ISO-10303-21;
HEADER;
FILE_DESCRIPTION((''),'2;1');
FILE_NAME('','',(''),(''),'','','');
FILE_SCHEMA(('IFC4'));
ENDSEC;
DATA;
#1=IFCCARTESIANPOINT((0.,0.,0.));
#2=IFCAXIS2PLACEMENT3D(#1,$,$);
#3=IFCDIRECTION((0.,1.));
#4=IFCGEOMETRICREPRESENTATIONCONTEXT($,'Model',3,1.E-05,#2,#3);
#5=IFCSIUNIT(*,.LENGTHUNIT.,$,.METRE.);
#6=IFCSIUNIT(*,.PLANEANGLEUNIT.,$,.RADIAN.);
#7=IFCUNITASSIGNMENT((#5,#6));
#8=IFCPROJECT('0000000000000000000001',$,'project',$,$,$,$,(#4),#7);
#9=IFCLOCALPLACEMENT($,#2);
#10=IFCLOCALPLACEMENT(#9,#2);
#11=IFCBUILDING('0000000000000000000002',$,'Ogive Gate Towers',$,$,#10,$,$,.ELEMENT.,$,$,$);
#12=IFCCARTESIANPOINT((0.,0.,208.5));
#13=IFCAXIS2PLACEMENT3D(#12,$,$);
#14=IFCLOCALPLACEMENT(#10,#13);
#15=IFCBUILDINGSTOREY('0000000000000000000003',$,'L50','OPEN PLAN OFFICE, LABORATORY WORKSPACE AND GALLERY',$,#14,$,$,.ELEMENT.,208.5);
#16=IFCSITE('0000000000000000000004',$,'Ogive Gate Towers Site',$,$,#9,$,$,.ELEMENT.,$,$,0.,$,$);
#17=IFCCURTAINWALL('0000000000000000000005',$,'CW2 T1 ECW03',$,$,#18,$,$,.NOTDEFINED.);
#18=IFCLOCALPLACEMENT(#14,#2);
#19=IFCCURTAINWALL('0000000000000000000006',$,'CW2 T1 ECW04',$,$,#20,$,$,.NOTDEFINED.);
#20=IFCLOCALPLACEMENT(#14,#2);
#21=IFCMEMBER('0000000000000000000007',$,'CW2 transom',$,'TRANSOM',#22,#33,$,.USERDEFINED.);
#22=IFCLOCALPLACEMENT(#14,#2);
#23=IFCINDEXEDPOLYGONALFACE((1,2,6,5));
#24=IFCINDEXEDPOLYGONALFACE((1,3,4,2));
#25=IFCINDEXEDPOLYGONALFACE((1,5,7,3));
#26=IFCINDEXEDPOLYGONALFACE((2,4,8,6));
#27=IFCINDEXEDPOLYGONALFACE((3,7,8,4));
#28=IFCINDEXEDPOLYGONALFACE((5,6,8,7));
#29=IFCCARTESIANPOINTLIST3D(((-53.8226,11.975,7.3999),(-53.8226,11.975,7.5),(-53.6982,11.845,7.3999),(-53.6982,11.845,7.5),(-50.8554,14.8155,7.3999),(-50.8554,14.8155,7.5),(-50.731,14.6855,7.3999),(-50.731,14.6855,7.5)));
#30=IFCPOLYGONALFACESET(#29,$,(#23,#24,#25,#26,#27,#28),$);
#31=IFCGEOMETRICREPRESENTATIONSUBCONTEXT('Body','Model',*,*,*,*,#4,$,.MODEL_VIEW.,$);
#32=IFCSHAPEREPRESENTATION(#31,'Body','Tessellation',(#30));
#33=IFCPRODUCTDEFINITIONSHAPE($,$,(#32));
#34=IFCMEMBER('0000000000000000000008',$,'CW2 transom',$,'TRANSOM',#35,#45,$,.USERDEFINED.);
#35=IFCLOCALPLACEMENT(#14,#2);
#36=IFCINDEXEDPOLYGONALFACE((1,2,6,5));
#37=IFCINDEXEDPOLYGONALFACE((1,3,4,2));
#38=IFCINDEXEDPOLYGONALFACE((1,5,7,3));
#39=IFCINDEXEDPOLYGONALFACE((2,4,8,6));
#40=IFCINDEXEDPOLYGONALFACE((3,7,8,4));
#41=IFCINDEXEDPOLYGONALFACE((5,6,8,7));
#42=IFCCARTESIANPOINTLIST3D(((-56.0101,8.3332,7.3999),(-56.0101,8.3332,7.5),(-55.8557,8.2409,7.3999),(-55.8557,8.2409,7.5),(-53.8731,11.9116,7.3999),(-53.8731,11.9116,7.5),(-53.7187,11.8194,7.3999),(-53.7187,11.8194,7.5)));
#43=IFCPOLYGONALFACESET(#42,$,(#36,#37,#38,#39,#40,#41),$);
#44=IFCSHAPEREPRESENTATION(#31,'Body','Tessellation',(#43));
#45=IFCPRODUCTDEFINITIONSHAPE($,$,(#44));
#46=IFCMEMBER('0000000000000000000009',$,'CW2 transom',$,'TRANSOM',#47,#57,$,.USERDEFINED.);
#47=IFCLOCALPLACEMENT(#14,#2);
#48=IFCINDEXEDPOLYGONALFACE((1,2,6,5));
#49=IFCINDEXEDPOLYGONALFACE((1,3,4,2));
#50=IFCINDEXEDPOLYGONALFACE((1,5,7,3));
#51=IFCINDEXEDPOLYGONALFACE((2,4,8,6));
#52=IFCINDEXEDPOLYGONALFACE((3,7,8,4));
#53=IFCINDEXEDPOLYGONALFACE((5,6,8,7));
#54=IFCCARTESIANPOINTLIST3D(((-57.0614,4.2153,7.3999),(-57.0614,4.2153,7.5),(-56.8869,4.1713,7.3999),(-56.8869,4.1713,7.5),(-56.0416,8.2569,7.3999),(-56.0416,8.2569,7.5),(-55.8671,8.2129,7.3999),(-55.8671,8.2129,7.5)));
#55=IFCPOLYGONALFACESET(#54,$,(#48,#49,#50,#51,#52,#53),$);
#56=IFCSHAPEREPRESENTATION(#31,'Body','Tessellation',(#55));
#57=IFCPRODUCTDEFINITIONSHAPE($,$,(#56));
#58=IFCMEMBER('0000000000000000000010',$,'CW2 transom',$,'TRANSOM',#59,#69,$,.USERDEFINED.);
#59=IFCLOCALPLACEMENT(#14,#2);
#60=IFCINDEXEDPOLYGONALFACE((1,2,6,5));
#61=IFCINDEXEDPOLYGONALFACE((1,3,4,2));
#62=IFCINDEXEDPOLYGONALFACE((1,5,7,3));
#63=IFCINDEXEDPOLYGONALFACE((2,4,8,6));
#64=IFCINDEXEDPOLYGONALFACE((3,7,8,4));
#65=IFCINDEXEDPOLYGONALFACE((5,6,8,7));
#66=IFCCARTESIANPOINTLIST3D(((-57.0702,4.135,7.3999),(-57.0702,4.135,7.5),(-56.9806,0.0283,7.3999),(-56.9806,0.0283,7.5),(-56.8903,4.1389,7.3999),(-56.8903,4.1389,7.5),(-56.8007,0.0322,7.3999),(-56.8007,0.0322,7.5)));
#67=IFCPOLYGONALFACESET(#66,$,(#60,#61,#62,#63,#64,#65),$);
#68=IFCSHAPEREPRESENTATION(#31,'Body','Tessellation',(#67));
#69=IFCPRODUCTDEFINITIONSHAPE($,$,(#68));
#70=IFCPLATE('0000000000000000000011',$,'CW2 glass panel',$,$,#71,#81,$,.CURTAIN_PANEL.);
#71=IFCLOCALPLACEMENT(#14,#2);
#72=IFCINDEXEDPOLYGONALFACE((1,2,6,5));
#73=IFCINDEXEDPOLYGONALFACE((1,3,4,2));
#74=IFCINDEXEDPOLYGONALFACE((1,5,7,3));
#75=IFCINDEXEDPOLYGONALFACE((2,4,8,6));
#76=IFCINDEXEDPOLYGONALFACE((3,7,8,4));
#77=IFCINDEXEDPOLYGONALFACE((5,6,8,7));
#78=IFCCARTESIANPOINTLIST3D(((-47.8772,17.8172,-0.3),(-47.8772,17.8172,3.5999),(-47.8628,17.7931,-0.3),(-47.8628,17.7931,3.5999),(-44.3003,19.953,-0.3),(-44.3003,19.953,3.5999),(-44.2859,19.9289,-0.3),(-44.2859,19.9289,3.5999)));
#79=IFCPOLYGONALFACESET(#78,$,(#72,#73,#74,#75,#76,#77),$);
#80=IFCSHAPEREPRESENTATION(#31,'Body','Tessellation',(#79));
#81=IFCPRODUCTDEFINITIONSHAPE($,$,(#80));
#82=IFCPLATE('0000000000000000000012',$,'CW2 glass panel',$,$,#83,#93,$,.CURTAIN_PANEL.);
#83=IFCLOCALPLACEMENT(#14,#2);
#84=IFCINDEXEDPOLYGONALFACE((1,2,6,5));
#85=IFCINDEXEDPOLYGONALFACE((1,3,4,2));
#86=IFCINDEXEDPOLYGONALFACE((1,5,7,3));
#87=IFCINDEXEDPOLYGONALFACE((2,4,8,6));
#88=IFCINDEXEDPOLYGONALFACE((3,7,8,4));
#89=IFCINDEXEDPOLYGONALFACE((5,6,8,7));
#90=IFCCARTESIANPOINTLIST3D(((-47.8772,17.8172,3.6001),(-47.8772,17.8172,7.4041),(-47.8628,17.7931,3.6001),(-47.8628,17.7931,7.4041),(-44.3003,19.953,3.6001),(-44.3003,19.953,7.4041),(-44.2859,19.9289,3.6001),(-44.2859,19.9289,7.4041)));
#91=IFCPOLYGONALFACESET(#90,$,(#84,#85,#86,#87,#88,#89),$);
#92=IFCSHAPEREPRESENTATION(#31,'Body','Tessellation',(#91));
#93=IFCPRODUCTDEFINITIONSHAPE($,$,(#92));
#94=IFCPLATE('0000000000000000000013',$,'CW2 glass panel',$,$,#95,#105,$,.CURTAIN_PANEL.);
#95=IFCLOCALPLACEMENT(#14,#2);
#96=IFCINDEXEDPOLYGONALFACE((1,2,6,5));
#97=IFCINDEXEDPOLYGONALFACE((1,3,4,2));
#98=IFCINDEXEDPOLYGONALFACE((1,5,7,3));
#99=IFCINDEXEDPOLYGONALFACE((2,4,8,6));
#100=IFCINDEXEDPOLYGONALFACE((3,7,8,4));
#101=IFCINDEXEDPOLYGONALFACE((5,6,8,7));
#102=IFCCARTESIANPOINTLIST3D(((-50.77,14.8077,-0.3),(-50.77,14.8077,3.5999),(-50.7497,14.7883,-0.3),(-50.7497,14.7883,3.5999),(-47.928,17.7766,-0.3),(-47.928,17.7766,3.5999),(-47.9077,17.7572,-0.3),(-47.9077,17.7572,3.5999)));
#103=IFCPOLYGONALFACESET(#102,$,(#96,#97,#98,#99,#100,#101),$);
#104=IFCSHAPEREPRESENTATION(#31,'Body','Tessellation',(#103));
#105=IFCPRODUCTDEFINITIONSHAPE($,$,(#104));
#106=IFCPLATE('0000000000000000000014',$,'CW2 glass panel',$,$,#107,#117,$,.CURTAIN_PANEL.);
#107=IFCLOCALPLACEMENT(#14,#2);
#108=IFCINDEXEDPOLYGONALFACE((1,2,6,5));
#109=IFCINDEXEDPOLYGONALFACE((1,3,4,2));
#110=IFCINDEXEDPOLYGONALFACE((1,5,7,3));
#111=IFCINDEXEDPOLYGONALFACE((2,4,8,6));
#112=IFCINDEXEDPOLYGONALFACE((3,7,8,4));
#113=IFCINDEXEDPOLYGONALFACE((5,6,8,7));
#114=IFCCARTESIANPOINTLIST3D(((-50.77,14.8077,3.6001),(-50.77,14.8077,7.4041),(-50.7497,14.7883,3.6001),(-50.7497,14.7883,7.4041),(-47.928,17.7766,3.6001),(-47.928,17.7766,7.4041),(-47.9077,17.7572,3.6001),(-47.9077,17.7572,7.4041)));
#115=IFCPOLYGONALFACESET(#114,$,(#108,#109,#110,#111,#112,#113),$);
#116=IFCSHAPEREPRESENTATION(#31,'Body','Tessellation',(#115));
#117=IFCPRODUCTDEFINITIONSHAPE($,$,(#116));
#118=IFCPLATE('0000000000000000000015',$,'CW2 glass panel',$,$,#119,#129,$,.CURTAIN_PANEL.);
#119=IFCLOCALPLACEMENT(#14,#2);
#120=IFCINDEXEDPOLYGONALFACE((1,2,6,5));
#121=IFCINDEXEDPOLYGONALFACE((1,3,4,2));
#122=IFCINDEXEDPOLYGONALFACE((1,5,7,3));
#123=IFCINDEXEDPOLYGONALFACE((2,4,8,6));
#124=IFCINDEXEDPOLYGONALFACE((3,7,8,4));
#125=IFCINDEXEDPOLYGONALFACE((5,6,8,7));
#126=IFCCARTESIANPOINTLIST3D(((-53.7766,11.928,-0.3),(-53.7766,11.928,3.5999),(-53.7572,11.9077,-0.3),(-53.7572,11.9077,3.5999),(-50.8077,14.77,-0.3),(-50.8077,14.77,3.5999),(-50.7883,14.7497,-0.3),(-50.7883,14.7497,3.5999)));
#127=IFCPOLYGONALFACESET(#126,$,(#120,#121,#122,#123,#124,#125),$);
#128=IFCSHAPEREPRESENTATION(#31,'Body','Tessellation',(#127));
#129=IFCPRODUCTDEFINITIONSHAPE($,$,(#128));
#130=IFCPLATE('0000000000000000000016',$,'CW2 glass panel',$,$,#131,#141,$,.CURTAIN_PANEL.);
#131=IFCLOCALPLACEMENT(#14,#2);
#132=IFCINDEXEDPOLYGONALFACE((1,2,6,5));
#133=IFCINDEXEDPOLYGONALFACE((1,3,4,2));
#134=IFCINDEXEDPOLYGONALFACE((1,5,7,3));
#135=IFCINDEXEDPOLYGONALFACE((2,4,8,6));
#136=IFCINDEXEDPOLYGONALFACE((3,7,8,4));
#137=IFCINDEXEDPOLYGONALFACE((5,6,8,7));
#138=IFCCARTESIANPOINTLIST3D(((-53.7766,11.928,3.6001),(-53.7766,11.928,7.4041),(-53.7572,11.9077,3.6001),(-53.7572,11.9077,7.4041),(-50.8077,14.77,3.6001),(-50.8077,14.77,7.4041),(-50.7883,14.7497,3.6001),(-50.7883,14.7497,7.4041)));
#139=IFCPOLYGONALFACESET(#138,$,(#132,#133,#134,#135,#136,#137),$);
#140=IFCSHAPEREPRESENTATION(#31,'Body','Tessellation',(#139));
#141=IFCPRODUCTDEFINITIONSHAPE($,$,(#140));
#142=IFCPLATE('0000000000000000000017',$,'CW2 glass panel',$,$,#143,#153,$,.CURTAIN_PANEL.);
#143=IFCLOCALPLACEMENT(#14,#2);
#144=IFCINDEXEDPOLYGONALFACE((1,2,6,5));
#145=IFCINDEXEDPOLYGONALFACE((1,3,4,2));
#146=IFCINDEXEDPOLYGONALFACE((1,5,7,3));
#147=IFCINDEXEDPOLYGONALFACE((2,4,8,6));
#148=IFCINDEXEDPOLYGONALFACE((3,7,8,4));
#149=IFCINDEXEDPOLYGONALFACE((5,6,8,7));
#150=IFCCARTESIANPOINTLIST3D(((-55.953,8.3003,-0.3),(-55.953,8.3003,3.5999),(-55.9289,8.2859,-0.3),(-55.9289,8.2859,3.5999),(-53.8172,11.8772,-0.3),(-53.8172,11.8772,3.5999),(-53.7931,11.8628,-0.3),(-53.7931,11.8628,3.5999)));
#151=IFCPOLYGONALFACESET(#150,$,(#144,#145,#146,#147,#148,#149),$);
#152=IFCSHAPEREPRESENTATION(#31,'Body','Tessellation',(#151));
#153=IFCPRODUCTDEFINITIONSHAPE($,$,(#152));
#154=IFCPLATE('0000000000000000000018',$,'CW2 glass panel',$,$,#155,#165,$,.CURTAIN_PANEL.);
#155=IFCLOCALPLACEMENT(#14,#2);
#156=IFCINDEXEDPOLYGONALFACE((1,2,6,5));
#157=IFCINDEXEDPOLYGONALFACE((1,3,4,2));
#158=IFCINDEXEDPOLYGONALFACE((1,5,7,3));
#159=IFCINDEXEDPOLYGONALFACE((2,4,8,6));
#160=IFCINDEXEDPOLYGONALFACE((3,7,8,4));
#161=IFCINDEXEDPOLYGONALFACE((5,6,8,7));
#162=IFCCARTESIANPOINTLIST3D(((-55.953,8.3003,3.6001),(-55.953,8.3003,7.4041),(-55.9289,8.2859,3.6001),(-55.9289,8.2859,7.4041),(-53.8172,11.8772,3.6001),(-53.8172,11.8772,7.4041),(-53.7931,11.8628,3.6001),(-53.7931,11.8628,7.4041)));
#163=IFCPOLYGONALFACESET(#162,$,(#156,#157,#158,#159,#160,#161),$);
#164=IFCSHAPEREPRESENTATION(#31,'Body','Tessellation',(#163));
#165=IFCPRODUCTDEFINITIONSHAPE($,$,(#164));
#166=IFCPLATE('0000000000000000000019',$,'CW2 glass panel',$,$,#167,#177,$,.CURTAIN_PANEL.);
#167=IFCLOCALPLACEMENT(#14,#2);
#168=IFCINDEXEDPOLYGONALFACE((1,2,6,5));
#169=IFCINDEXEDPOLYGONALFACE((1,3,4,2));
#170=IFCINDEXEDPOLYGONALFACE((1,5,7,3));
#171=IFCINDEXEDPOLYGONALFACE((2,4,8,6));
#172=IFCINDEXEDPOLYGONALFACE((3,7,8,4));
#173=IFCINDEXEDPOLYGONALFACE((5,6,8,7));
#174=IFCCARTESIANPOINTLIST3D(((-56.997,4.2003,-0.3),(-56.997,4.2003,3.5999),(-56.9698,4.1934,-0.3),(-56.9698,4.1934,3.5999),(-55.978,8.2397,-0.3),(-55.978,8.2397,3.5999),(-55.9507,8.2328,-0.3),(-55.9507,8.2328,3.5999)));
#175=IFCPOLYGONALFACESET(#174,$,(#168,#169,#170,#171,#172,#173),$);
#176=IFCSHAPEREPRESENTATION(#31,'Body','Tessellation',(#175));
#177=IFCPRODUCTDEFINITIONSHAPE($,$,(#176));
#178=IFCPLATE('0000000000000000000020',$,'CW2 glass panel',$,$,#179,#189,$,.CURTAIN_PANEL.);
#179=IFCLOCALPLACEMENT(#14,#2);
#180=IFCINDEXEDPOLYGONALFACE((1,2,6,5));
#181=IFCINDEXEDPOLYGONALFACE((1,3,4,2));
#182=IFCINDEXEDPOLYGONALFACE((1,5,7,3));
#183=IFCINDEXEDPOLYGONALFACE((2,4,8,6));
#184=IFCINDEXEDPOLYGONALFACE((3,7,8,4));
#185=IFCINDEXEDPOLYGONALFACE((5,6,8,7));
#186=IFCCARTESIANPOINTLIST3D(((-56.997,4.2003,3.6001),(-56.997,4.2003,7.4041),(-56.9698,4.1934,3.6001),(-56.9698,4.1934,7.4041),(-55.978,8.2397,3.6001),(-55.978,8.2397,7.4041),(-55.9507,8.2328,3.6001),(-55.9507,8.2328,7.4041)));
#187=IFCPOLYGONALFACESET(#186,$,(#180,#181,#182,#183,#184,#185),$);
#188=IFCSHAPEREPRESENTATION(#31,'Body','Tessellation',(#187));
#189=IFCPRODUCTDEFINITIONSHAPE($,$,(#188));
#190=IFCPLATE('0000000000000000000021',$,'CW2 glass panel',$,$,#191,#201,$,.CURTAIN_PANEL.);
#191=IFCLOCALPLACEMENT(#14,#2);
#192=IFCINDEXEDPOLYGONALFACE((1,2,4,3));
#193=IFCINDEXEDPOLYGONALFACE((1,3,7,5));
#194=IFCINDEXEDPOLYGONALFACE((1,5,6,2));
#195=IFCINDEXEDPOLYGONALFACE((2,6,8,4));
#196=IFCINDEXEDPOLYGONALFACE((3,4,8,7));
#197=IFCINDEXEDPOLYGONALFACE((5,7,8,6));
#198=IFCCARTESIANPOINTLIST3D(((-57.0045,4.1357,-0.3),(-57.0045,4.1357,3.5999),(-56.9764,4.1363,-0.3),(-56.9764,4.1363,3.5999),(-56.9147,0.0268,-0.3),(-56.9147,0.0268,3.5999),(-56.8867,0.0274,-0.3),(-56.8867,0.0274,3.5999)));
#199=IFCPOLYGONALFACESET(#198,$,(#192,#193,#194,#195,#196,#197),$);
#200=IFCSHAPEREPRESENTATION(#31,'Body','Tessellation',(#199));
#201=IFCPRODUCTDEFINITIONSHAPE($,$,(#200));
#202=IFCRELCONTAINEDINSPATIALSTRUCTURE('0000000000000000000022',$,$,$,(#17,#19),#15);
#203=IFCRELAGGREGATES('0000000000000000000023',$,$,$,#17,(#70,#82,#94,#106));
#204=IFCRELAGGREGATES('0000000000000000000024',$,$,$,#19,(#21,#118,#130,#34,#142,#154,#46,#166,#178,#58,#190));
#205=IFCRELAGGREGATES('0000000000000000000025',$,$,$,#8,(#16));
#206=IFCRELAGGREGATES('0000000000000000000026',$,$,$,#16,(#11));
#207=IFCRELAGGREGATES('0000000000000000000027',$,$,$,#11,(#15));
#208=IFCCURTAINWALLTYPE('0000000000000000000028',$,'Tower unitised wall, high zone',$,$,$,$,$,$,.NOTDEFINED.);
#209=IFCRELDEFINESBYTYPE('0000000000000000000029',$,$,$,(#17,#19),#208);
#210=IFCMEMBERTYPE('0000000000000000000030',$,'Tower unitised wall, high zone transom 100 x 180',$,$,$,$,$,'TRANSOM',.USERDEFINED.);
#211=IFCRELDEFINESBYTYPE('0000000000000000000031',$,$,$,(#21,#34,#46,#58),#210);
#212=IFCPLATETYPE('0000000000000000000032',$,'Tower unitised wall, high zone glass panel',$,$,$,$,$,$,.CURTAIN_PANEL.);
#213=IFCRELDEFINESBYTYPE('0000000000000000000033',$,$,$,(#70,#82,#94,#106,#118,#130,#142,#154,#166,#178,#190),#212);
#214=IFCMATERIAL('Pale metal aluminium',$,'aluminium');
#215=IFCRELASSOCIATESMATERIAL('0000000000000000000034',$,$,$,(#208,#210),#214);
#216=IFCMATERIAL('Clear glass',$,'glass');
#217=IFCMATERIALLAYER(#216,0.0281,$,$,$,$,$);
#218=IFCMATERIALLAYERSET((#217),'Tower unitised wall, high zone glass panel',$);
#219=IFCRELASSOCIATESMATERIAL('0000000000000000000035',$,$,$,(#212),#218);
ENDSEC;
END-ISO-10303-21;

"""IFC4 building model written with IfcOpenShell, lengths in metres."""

from ifc_helpers import new_model, si_unit, direction, frame, origin, origin_2d, place, context, subcontext, project, spatial, rectangle, extrude, material, layer, layer_set, material_profile, profile_set, type_object, element, aggregate, save


model = new_model("IFC4")

# Units and contexts
model_context = context("Model", 3, precision=1e-05, world=origin(), true_north=direction((0.0, 1.0)))
body_context = subcontext(model_context, "Body", "Model", "MODEL_VIEW")
ifc_project = project(units=[si_unit("LENGTHUNIT", "METRE"), si_unit("PLANEANGLEUNIT", "RADIAN")], contexts=[model_context])

# Site, building, storey
site_placement = place(None, origin())
site = spatial("IfcSite", under=ifc_project, at=site_placement, Name="Ogive Gate Towers Site", CompositionType="ELEMENT", RefElevation=0.0)
building_placement = place(site_placement, origin())
building = spatial("IfcBuilding", under=site, at=building_placement, Name="Ogive Gate Towers", CompositionType="ELEMENT")
storey_placement = place(building_placement, frame((0.0, 0.0, 208.5)))
storey = spatial("IfcBuildingStorey", under=building, at=storey_placement, Name="L50", Description="OPEN PLAN OFFICE, LABORATORY WORKSPACE AND GALLERY", CompositionType="ELEMENT", Elevation=208.5)

# Curtain walls
ifc_material_1 = material(Name="Pale metal aluminium", Category="aluminium")
curtain_wall_type = type_object("IfcCurtainWallType", Name="Tower unitised wall, high zone", PredefinedType="NOTDEFINED", material=ifc_material_1)
curtain_wall_1_placement = place(storey_placement, origin())
curtain_wall_1 = element("IfcCurtainWall", 1, at=curtain_wall_1_placement, inside=storey, type_object=curtain_wall_type, Name="CW2 T1 ECW03", PredefinedType="NOTDEFINED")
curtain_wall_2_placement = place(storey_placement, origin())
curtain_wall_2 = element("IfcCurtainWall", 2, at=curtain_wall_2_placement, inside=storey, type_object=curtain_wall_type, Name="CW2 T1 ECW04", PredefinedType="NOTDEFINED")

# Members
ifc_material_profile_1 = material_profile(ifc_material_1, rectangle(XDim=0.1799, YDim=0.1001, at=origin_2d()), Name="100 x 180 aluminium box")
ifc_profile_set_1 = profile_set([ifc_material_profile_1], Name="Pale metal aluminium")
member_type_1 = type_object("IfcMemberType", Name="Tower unitised wall, high zone transom 100 x 180", ElementType="TRANSOM", PredefinedType="USERDEFINED", material=ifc_profile_set_1)
member_1_placement = place(storey_placement, frame((-50.7932, 14.7505, 7.45), z_axis=(-0.722362, -0.691515, 0.0), x_axis=(0.691515, -0.722362, 0.0)))
member_1 = element("IfcMember", 3, at=member_1_placement, type_object=member_type_1, Name="CW2 transom", ObjectType="TRANSOM", PredefinedType="USERDEFINED", context=body_context, shape_type="SweptSolid", body=[
    extrude(rectangle(XDim=0.1799, YDim=0.1001, at=origin_2d()), origin(), (0.0, 0.0, 1.0), 4.1077),
])
member_2_placement = place(storey_placement, frame((-53.7959, 11.8655, 7.45), z_axis=(-0.51272, -0.858556, 0.0), x_axis=(0.858556, -0.51272, 0.0)))
member_2 = element("IfcMember", 4, at=member_2_placement, type_object=member_type_1, Name="CW2 transom", ObjectType="TRANSOM", PredefinedType="USERDEFINED", context=body_context, shape_type="SweptSolid", body=[
    extrude(rectangle(XDim=0.1799, YDim=0.1001, at=origin_2d()), origin(), (0.0, 0.0, 1.0), 4.168),
])
member_3_placement = place(storey_placement, frame((-55.9543, 8.2349, 7.45), z_axis=(-0.244657, -0.96961, 0.0), x_axis=(0.96961, -0.244657, 0.0)))
member_3 = element("IfcMember", 5, at=member_3_placement, type_object=member_type_1, Name="CW2 transom", ObjectType="TRANSOM", PredefinedType="USERDEFINED", context=body_context, shape_type="SweptSolid", body=[
    extrude(rectangle(XDim=0.1799, YDim=0.1001, at=origin_2d()), origin(), (0.0, 0.0, 1.0), 4.1682),
])
member_4_placement = place(storey_placement, frame((-56.9802, 4.137, 7.45), z_axis=(0.021813, -0.999762, 0.0), x_axis=(0.999762, 0.021813, 0.0)))
member_4 = element("IfcMember", 6, at=member_4_placement, type_object=member_type_1, Name="CW2 transom", ObjectType="TRANSOM", PredefinedType="USERDEFINED", context=body_context, shape_type="SweptSolid", body=[
    extrude(rectangle(XDim=0.1799, YDim=0.1001, at=origin_2d()), origin(), (0.0, 0.0, 1.0), 4.1077),
])

# Plates
ifc_material_2 = material(Name="Clear glass", Category="glass")
ifc_layer_1 = layer(ifc_material_2, 0.0281)
ifc_layer_set_1 = layer_set([ifc_layer_1], Name="Tower unitised wall, high zone glass panel")
plate_type = type_object("IfcPlateType", Name="Tower unitised wall, high zone glass panel", PredefinedType="CURTAIN_PANEL", material=ifc_layer_set_1)
plate_1_placement = place(storey_placement, frame((-46.0815, 18.873, -0.3), z_axis=(0.0, 0.0, 1.0), x_axis=(-0.858584, -0.512672, 0.0)))
plate_1 = element("IfcPlate", 7, at=plate_1_placement, type_object=plate_type, Name="CW2 glass panel", PredefinedType="CURTAIN_PANEL", context=body_context, shape_type="SweptSolid", body=[
    extrude(rectangle(XDim=4.166, YDim=0.0281, at=origin_2d()), origin(), (0.0, 0.0, 1.0), 3.8999),
])
plate_2_placement = place(storey_placement, frame((-46.0815, 18.873, 3.6001), z_axis=(0.0, 0.0, 1.0), x_axis=(-0.858584, -0.512672, 0.0)))
plate_2 = element("IfcPlate", 8, at=plate_2_placement, type_object=plate_type, Name="CW2 glass panel", PredefinedType="CURTAIN_PANEL", context=body_context, shape_type="SweptSolid", body=[
    extrude(rectangle(XDim=4.166, YDim=0.0281, at=origin_2d()), origin(), (0.0, 0.0, 1.0), 3.804),
])
plate_3_placement = place(storey_placement, frame((-49.3389, 16.2825, -0.3), z_axis=(0.0, 0.0, 1.0), x_axis=(-0.6915, -0.722376, 0.0)))
plate_3 = element("IfcPlate", 9, at=plate_3_placement, type_object=plate_type, Name="CW2 glass panel", PredefinedType="CURTAIN_PANEL", context=body_context, shape_type="SweptSolid", body=[
    extrude(rectangle(XDim=4.1099, YDim=0.0281, at=origin_2d()), origin(), (0.0, 0.0, 1.0), 3.8999),
])
plate_4_placement = place(storey_placement, frame((-49.3389, 16.2825, 3.6001), z_axis=(0.0, 0.0, 1.0), x_axis=(-0.6915, -0.722376, 0.0)))
plate_4 = element("IfcPlate", 10, at=plate_4_placement, type_object=plate_type, Name="CW2 glass panel", PredefinedType="CURTAIN_PANEL", context=body_context, shape_type="SweptSolid", body=[
    extrude(rectangle(XDim=4.1099, YDim=0.0281, at=origin_2d()), origin(), (0.0, 0.0, 1.0), 3.804),
])
aggregate(curtain_wall_1, [plate_1, plate_2, plate_3, plate_4])
plate_5_placement = place(storey_placement, frame((-52.2825, 13.3389, -0.3), z_axis=(0.0, 0.0, 1.0), x_axis=(-0.722376, -0.6915, 0.0)))
plate_5 = element("IfcPlate", 11, at=plate_5_placement, type_object=plate_type, Name="CW2 glass panel", PredefinedType="CURTAIN_PANEL", context=body_context, shape_type="SweptSolid", body=[
    extrude(rectangle(XDim=4.1099, YDim=0.0281, at=origin_2d()), origin(), (0.0, 0.0, 1.0), 3.8999),
])
plate_6_placement = place(storey_placement, frame((-52.2825, 13.3389, 3.6001), z_axis=(0.0, 0.0, 1.0), x_axis=(-0.722376, -0.6915, 0.0)))
plate_6 = element("IfcPlate", 12, at=plate_6_placement, type_object=plate_type, Name="CW2 glass panel", PredefinedType="CURTAIN_PANEL", context=body_context, shape_type="SweptSolid", body=[
    extrude(rectangle(XDim=4.1099, YDim=0.0281, at=origin_2d()), origin(), (0.0, 0.0, 1.0), 3.804),
])
plate_7_placement = place(storey_placement, frame((-54.873, 10.0815, -0.3), z_axis=(0.0, 0.0, 1.0), x_axis=(-0.512672, -0.858584, 0.0)))
plate_7 = element("IfcPlate", 13, at=plate_7_placement, type_object=plate_type, Name="CW2 glass panel", PredefinedType="CURTAIN_PANEL", context=body_context, shape_type="SweptSolid", body=[
    extrude(rectangle(XDim=4.166, YDim=0.0281, at=origin_2d()), origin(), (0.0, 0.0, 1.0), 3.8999),
])
plate_8_placement = place(storey_placement, frame((-54.873, 10.0815, 3.6001), z_axis=(0.0, 0.0, 1.0), x_axis=(-0.512672, -0.858584, 0.0)))
plate_8 = element("IfcPlate", 14, at=plate_8_placement, type_object=plate_type, Name="CW2 glass panel", PredefinedType="CURTAIN_PANEL", context=body_context, shape_type="SweptSolid", body=[
    extrude(rectangle(XDim=4.166, YDim=0.0281, at=origin_2d()), origin(), (0.0, 0.0, 1.0), 3.804),
])
plate_9_placement = place(storey_placement, frame((-56.4739, 6.2166, -0.3), z_axis=(0.0, 0.0, 1.0), x_axis=(-0.244614, -0.969621, 0.0)))
plate_9 = element("IfcPlate", 15, at=plate_9_placement, type_object=plate_type, Name="CW2 glass panel", PredefinedType="CURTAIN_PANEL", context=body_context, shape_type="SweptSolid", body=[
    extrude(rectangle(XDim=4.166, YDim=0.0281, at=origin_2d()), origin(), (0.0, 0.0, 1.0), 3.8999),
])
plate_10_placement = place(storey_placement, frame((-56.4739, 6.2166, 3.6001), z_axis=(0.0, 0.0, 1.0), x_axis=(-0.244614, -0.969621, 0.0)))
plate_10 = element("IfcPlate", 16, at=plate_10_placement, type_object=plate_type, Name="CW2 glass panel", PredefinedType="CURTAIN_PANEL", context=body_context, shape_type="SweptSolid", body=[
    extrude(rectangle(XDim=4.166, YDim=0.0281, at=origin_2d()), origin(), (0.0, 0.0, 1.0), 3.804),
])
plate_11_placement = place(storey_placement, frame((-56.9456, 2.0815, -0.3), z_axis=(0.0, 0.0, 1.0), x_axis=(0.021832, -0.999762, 0.0)))
plate_11 = element("IfcPlate", 17, at=plate_11_placement, type_object=plate_type, Name="CW2 glass panel", PredefinedType="CURTAIN_PANEL", context=body_context, shape_type="SweptSolid", body=[
    extrude(rectangle(XDim=4.1099, YDim=0.0281, at=origin_2d()), origin(), (0.0, 0.0, 1.0), 3.8999),
])
aggregate(curtain_wall_2, [member_1, plate_5, plate_6, member_2, plate_7, plate_8, member_3, plate_9, plate_10, member_4, plate_11])

save(model, "model.ifc")
